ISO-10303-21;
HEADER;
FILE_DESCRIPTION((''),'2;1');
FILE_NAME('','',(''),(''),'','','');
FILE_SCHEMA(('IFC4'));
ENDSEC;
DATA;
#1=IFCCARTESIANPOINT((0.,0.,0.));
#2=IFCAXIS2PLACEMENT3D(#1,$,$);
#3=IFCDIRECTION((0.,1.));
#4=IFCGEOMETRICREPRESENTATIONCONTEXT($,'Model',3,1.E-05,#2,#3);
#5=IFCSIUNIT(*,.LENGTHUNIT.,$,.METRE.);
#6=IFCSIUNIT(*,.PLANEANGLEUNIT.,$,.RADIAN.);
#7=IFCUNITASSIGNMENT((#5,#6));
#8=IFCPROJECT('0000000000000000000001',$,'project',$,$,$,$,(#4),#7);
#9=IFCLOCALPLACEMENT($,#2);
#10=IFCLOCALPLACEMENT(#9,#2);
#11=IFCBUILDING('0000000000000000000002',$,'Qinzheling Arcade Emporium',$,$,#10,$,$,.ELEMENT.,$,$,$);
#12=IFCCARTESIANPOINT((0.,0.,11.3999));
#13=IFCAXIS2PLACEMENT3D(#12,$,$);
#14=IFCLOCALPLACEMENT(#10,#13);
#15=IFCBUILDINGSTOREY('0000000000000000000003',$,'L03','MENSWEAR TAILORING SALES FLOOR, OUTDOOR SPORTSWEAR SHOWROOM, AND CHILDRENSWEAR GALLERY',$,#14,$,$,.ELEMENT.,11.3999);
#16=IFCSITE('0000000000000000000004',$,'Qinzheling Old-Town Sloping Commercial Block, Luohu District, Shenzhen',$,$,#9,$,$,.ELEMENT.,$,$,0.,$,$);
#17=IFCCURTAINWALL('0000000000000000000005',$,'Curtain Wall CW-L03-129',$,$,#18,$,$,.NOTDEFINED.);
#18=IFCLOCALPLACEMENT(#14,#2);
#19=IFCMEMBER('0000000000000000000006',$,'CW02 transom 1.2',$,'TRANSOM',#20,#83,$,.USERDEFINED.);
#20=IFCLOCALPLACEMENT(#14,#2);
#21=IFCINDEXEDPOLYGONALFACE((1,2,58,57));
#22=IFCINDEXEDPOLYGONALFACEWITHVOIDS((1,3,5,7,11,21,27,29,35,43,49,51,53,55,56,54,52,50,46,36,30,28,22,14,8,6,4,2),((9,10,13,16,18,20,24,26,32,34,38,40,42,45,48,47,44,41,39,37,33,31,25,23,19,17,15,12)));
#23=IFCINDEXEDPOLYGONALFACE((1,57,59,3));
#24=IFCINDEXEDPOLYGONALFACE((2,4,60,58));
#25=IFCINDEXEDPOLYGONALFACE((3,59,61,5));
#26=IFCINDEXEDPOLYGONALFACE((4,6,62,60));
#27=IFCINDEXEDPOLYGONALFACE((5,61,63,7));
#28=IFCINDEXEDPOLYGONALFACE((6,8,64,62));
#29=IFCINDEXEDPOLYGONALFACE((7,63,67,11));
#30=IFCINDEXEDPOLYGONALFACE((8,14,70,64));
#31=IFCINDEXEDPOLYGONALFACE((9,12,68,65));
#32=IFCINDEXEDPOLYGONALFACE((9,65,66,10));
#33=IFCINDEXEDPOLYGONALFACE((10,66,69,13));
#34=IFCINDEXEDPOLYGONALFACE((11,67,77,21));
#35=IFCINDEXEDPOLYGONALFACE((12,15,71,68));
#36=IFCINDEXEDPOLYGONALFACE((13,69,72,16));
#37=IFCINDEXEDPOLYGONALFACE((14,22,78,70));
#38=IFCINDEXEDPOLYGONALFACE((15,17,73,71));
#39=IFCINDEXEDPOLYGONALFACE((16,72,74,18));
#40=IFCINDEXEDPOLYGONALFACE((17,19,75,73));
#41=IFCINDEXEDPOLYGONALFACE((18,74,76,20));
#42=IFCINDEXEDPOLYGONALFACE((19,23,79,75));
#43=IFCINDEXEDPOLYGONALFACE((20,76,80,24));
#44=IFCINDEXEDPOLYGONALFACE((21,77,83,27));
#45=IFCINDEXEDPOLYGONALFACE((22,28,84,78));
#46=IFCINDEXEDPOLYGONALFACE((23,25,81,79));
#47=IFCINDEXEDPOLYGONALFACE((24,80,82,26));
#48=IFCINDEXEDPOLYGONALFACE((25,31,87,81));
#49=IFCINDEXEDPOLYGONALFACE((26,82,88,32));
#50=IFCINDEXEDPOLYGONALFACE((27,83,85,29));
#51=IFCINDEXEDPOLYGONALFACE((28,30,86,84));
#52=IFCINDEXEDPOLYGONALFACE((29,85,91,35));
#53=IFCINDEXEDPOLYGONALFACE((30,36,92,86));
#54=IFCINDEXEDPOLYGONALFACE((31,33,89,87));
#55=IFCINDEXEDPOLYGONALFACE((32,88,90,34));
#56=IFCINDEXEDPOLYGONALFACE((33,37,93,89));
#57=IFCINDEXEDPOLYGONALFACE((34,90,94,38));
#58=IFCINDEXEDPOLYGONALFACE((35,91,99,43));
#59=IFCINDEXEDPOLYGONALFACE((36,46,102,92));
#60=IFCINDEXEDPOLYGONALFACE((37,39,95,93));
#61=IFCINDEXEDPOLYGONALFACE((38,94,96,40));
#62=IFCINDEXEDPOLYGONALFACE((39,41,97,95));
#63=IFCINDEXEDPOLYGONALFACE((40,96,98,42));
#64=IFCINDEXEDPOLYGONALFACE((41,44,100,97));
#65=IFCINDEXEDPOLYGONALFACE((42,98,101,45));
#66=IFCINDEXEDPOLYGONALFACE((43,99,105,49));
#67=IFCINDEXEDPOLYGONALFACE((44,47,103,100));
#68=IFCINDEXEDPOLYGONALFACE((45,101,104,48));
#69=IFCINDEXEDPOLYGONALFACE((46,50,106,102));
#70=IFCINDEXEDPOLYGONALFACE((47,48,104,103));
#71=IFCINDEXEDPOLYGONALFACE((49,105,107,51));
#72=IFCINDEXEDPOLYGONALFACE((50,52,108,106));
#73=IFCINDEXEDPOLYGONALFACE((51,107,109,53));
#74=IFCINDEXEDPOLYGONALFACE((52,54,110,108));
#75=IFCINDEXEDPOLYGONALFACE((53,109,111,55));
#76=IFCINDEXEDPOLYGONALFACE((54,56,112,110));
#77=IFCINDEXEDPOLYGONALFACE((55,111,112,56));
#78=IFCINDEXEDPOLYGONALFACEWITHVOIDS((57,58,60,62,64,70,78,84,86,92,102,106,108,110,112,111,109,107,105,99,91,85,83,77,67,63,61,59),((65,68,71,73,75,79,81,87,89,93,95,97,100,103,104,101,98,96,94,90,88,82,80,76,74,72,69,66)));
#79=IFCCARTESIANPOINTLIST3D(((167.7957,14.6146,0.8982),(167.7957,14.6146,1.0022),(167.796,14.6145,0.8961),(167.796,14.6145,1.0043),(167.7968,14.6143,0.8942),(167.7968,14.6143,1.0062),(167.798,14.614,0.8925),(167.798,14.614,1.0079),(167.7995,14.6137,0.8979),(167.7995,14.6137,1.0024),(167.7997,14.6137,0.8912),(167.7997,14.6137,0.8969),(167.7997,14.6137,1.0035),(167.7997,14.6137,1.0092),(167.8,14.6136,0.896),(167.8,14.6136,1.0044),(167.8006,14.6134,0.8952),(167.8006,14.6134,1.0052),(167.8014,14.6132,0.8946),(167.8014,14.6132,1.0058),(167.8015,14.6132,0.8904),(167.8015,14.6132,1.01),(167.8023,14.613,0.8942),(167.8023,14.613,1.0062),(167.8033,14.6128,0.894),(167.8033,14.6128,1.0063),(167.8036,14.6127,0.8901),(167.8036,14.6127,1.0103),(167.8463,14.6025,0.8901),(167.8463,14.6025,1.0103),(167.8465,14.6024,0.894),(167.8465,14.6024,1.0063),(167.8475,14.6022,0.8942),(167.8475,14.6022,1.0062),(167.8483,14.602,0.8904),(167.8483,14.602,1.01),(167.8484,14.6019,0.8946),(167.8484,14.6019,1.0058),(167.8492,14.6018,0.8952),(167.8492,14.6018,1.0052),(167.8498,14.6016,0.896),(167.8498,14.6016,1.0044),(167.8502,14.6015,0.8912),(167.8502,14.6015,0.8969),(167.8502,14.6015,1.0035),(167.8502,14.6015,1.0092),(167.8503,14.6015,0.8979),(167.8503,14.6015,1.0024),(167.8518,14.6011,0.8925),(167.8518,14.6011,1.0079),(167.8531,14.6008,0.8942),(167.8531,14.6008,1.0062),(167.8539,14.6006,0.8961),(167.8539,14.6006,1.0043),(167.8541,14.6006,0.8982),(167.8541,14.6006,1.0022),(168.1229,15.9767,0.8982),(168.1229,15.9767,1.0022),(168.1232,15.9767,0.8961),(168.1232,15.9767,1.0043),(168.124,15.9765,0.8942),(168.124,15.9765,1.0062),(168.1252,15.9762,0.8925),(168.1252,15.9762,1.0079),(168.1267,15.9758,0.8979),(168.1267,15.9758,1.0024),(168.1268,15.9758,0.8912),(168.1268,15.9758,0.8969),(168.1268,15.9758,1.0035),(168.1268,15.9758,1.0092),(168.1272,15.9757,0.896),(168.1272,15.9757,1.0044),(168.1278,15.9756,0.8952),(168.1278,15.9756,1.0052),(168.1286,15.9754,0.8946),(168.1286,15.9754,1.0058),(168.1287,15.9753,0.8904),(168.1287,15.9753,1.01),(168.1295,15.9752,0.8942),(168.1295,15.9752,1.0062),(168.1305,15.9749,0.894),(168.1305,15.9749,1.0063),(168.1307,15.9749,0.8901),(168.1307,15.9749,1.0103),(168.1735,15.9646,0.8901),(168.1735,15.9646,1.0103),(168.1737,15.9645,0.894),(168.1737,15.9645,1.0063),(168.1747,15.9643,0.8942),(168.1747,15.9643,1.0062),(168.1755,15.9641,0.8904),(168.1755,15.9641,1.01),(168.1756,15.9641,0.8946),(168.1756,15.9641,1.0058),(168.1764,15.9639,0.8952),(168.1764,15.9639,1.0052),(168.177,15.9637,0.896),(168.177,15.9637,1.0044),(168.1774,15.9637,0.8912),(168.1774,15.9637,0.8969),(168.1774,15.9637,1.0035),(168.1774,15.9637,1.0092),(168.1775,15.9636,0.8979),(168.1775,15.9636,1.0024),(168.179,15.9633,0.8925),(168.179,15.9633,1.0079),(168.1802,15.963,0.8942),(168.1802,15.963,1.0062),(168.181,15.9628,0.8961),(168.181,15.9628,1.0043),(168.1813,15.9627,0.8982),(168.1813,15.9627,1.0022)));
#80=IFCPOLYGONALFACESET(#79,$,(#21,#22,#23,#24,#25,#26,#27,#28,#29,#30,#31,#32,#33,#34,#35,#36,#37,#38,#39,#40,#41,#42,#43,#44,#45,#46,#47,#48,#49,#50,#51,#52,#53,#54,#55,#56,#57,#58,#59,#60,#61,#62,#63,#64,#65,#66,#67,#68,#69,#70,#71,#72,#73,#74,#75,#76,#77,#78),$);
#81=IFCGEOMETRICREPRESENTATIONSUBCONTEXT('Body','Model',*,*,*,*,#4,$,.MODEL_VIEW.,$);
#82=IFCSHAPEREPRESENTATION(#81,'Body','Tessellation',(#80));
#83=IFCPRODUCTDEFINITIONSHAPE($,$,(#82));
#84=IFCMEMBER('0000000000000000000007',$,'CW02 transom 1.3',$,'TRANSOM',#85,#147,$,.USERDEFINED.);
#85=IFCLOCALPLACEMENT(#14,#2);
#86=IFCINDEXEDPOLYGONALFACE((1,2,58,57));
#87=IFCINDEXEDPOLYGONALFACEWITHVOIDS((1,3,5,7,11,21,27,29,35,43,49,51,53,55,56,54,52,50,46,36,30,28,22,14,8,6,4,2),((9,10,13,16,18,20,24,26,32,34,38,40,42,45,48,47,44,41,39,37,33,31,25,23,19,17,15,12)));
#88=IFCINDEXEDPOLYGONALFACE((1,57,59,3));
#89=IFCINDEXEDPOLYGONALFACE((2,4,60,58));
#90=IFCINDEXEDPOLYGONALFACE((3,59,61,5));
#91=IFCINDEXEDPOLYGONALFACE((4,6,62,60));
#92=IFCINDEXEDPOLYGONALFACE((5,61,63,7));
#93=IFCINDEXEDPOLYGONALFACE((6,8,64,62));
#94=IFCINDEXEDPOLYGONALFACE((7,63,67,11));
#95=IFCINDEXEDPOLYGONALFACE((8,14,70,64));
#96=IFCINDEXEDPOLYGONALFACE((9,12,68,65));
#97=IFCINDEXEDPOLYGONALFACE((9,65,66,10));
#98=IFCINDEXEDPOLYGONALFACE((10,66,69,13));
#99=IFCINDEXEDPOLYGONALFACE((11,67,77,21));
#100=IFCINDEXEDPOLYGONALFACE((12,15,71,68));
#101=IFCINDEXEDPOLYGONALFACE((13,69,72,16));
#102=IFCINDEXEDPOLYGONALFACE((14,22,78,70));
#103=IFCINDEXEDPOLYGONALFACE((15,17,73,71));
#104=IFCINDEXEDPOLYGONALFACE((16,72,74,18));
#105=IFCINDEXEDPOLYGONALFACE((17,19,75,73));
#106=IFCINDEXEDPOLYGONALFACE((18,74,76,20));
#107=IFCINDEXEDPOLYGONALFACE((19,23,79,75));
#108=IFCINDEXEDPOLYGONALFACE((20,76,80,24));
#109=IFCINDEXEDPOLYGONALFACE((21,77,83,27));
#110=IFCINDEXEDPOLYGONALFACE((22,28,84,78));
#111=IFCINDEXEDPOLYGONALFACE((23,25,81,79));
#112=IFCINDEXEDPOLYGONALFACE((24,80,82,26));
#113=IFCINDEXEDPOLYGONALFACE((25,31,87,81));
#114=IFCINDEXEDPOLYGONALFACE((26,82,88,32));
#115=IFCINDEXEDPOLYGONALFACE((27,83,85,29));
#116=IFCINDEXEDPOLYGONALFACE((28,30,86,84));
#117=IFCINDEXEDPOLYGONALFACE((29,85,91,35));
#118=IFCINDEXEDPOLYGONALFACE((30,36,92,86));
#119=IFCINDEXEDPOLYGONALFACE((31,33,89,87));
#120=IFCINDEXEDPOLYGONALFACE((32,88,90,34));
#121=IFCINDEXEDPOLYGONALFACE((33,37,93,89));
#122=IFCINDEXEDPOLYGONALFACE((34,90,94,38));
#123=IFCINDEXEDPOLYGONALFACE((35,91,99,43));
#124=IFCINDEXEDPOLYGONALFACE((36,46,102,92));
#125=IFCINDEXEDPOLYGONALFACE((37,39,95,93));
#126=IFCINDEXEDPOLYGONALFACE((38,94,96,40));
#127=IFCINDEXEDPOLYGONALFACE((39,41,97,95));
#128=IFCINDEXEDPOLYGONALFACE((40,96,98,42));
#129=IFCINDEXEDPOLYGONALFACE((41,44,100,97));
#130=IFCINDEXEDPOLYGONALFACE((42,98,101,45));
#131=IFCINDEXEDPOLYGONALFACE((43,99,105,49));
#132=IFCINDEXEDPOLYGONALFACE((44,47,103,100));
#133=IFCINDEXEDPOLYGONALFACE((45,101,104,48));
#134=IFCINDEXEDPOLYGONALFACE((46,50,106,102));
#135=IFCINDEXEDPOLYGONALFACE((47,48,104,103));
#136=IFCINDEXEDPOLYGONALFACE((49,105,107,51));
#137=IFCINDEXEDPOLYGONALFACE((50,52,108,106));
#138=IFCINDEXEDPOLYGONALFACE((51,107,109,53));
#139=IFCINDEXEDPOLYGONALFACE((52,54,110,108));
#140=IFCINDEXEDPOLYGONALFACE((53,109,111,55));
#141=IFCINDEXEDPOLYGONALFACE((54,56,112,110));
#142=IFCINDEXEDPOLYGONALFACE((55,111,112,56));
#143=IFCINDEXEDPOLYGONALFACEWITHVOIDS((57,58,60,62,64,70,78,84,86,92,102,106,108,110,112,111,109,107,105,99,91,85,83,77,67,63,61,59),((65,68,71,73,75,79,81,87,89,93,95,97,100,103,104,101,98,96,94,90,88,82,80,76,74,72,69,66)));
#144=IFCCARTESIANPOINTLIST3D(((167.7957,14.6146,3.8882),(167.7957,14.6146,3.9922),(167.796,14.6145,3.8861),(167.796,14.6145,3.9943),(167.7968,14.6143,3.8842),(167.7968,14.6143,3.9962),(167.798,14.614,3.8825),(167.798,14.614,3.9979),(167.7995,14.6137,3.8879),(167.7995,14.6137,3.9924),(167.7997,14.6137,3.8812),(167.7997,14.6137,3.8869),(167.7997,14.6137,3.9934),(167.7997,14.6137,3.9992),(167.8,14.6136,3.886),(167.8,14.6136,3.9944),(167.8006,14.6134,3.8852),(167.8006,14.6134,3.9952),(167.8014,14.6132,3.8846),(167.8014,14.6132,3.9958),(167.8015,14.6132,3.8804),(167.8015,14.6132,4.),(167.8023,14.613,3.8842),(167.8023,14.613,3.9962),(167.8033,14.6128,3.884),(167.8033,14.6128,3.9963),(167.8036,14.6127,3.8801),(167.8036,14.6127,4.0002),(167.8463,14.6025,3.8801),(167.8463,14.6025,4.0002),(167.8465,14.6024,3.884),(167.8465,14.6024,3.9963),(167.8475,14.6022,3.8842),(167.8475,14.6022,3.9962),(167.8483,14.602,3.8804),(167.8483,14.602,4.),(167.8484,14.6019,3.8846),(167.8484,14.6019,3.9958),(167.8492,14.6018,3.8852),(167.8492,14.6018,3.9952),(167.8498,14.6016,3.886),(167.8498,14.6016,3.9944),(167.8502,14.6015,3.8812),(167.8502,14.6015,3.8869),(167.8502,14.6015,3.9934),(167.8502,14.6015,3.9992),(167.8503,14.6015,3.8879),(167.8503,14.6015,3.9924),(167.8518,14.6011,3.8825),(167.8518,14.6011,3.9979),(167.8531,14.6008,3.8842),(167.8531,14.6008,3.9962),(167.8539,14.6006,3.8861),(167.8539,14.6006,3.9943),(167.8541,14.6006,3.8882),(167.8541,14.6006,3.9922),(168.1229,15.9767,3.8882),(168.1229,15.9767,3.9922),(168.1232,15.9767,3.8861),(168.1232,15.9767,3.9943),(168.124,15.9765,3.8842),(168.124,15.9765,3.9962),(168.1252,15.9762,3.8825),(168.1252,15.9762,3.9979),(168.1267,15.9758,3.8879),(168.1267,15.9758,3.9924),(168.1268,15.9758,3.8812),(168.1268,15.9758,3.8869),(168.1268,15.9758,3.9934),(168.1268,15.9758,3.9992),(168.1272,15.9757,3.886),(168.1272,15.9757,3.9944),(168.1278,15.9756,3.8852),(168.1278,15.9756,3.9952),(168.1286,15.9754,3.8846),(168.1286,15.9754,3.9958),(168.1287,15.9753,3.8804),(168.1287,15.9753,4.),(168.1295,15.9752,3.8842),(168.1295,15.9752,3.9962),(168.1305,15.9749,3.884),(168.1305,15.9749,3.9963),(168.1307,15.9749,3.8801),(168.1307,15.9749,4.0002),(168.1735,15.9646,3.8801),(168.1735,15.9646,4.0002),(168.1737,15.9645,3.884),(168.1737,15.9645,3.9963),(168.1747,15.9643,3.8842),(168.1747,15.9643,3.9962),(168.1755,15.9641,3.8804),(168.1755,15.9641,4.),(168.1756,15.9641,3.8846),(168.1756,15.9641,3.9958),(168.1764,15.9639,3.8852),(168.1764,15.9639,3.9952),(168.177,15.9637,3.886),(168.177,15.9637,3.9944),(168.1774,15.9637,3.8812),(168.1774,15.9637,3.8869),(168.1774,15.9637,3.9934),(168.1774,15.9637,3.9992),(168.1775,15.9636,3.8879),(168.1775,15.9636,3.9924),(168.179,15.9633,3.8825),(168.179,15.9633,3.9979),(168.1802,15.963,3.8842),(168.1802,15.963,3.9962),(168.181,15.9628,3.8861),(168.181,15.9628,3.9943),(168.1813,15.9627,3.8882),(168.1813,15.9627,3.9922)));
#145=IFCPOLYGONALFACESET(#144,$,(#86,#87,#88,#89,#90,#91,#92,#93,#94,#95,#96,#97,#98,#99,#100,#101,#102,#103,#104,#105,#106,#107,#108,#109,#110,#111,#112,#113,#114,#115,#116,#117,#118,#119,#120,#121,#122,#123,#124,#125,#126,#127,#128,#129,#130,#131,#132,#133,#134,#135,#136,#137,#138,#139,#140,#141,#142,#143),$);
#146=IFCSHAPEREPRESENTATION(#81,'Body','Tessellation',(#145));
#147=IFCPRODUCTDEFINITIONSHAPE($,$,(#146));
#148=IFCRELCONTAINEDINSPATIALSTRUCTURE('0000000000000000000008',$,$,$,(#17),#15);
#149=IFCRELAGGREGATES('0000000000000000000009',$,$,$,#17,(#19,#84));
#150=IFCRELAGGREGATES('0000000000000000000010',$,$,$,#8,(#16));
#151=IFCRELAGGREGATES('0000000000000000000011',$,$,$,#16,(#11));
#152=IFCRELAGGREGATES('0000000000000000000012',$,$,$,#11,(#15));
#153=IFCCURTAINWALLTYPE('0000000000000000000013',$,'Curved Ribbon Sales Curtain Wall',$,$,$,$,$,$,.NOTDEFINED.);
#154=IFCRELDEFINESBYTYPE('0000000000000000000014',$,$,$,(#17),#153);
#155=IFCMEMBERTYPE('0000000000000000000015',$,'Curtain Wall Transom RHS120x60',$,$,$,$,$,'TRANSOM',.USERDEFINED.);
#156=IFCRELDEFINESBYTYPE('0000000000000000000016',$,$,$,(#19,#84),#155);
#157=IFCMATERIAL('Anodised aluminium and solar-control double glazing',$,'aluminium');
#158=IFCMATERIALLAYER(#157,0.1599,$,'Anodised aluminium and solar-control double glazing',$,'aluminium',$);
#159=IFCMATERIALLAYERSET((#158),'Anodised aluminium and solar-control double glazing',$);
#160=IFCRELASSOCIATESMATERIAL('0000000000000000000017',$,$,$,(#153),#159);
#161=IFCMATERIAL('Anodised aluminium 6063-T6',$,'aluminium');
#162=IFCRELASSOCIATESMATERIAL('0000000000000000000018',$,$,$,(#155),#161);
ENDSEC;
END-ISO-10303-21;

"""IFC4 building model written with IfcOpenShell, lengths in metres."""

from ifc_helpers import new_model, si_unit, direction, frame, origin, origin_2d, place, context, subcontext, project, spatial, hollow_rectangle, extrude, material, layer, layer_set, material_profile, profile_set, type_object, element, aggregate, save


model = new_model("IFC4")

# Units and contexts
model_context = context("Model", 3, precision=1e-05, world=origin(), true_north=direction((0.0, 1.0)))
body_context = subcontext(model_context, "Body", "Model", "MODEL_VIEW")
ifc_project = project(units=[si_unit("LENGTHUNIT", "METRE"), si_unit("PLANEANGLEUNIT", "RADIAN")], contexts=[model_context])

# Site, building, storey
site_placement = place(None, origin())
site = spatial("IfcSite", under=ifc_project, at=site_placement, Name="Qinzheling Old-Town Sloping Commercial Block, Luohu District, Shenzhen", CompositionType="ELEMENT", RefElevation=0.0)
building_placement = place(site_placement, origin())
building = spatial("IfcBuilding", under=site, at=building_placement, Name="Qinzheling Arcade Emporium", CompositionType="ELEMENT")
storey_placement = place(building_placement, frame((0.0, 0.0, 11.3999)))
storey = spatial("IfcBuildingStorey", under=building, at=storey_placement, Name="L03", Description="MENSWEAR TAILORING SALES FLOOR, OUTDOOR SPORTSWEAR SHOWROOM, AND CHILDRENSWEAR GALLERY", CompositionType="ELEMENT", Elevation=11.3999)

# Shared definitions
ifc_material_1 = material(Name="Anodised aluminium and solar-control double glazing", Category="aluminium")
ifc_material_2 = material(Name="Anodised aluminium 6063-T6", Category="aluminium")

# Curtain wall
ifc_layer_1 = layer(ifc_material_1, 0.1599, Name="Anodised aluminium and solar-control double glazing", Category="aluminium")
ifc_layer_set_1 = layer_set([ifc_layer_1], Name="Anodised aluminium and solar-control double glazing")
curtain_wall_type_1 = type_object("IfcCurtainWallType", Name="Curved Ribbon Sales Curtain Wall", PredefinedType="NOTDEFINED", material=ifc_layer_set_1)
curtain_wall_1_placement = place(storey_placement, origin())
curtain_wall_1 = element("IfcCurtainWall", 1, at=curtain_wall_1_placement, inside=storey, type_object=curtain_wall_type_1, Name="Curtain Wall CW-L03-129", PredefinedType="NOTDEFINED")

# Members
ifc_material_profile_1 = material_profile(ifc_material_2, hollow_rectangle(XDim=0.0601, YDim=0.1201, WallThickness=0.0039, InnerFilletRadius=0.0039, OuterFilletRadius=0.0081, at=origin_2d()), Name="RHS 120x60x4", Category="aluminium")
ifc_profile_set_1 = profile_set([ifc_material_profile_1], Name="Anodised aluminium 6063-T6")
member_type_1 = type_object("IfcMemberType", Name="Curtain Wall Transom RHS120x60", ElementType="TRANSOM", PredefinedType="USERDEFINED", material=ifc_profile_set_1)
member_1_placement = place(storey_placement, frame((168.1521, 15.9697, 0.9502), z_axis=(-0.233544, -0.972346, 0.0), x_axis=(0.972346, -0.233544, 0.0)))
member_1 = element("IfcMember", 2, at=member_1_placement, type_object=member_type_1, Name="CW02 transom 1.2", ObjectType="TRANSOM", PredefinedType="USERDEFINED", context=body_context, shape_type="SweptSolid", body=[
    extrude(hollow_rectangle(XDim=0.0601, YDim=0.1201, WallThickness=0.0039, InnerFilletRadius=0.0039, OuterFilletRadius=0.0081, at=origin_2d()), origin(), (0.0, 0.0, 1.0), 1.4009),
])
member_2_placement = place(storey_placement, frame((168.1521, 15.9697, 3.9402), z_axis=(-0.233544, -0.972346, 0.0), x_axis=(0.972346, -0.233544, 0.0)))
member_2 = element("IfcMember", 3, at=member_2_placement, type_object=member_type_1, Name="CW02 transom 1.3", ObjectType="TRANSOM", PredefinedType="USERDEFINED", context=body_context, shape_type="SweptSolid", body=[
    extrude(hollow_rectangle(XDim=0.0601, YDim=0.1201, WallThickness=0.0039, InnerFilletRadius=0.0039, OuterFilletRadius=0.0081, at=origin_2d()), origin(), (0.0, 0.0, 1.0), 1.4009),
])

aggregate(curtain_wall_1, [member_1, member_2])

save(model, "model.ifc")
